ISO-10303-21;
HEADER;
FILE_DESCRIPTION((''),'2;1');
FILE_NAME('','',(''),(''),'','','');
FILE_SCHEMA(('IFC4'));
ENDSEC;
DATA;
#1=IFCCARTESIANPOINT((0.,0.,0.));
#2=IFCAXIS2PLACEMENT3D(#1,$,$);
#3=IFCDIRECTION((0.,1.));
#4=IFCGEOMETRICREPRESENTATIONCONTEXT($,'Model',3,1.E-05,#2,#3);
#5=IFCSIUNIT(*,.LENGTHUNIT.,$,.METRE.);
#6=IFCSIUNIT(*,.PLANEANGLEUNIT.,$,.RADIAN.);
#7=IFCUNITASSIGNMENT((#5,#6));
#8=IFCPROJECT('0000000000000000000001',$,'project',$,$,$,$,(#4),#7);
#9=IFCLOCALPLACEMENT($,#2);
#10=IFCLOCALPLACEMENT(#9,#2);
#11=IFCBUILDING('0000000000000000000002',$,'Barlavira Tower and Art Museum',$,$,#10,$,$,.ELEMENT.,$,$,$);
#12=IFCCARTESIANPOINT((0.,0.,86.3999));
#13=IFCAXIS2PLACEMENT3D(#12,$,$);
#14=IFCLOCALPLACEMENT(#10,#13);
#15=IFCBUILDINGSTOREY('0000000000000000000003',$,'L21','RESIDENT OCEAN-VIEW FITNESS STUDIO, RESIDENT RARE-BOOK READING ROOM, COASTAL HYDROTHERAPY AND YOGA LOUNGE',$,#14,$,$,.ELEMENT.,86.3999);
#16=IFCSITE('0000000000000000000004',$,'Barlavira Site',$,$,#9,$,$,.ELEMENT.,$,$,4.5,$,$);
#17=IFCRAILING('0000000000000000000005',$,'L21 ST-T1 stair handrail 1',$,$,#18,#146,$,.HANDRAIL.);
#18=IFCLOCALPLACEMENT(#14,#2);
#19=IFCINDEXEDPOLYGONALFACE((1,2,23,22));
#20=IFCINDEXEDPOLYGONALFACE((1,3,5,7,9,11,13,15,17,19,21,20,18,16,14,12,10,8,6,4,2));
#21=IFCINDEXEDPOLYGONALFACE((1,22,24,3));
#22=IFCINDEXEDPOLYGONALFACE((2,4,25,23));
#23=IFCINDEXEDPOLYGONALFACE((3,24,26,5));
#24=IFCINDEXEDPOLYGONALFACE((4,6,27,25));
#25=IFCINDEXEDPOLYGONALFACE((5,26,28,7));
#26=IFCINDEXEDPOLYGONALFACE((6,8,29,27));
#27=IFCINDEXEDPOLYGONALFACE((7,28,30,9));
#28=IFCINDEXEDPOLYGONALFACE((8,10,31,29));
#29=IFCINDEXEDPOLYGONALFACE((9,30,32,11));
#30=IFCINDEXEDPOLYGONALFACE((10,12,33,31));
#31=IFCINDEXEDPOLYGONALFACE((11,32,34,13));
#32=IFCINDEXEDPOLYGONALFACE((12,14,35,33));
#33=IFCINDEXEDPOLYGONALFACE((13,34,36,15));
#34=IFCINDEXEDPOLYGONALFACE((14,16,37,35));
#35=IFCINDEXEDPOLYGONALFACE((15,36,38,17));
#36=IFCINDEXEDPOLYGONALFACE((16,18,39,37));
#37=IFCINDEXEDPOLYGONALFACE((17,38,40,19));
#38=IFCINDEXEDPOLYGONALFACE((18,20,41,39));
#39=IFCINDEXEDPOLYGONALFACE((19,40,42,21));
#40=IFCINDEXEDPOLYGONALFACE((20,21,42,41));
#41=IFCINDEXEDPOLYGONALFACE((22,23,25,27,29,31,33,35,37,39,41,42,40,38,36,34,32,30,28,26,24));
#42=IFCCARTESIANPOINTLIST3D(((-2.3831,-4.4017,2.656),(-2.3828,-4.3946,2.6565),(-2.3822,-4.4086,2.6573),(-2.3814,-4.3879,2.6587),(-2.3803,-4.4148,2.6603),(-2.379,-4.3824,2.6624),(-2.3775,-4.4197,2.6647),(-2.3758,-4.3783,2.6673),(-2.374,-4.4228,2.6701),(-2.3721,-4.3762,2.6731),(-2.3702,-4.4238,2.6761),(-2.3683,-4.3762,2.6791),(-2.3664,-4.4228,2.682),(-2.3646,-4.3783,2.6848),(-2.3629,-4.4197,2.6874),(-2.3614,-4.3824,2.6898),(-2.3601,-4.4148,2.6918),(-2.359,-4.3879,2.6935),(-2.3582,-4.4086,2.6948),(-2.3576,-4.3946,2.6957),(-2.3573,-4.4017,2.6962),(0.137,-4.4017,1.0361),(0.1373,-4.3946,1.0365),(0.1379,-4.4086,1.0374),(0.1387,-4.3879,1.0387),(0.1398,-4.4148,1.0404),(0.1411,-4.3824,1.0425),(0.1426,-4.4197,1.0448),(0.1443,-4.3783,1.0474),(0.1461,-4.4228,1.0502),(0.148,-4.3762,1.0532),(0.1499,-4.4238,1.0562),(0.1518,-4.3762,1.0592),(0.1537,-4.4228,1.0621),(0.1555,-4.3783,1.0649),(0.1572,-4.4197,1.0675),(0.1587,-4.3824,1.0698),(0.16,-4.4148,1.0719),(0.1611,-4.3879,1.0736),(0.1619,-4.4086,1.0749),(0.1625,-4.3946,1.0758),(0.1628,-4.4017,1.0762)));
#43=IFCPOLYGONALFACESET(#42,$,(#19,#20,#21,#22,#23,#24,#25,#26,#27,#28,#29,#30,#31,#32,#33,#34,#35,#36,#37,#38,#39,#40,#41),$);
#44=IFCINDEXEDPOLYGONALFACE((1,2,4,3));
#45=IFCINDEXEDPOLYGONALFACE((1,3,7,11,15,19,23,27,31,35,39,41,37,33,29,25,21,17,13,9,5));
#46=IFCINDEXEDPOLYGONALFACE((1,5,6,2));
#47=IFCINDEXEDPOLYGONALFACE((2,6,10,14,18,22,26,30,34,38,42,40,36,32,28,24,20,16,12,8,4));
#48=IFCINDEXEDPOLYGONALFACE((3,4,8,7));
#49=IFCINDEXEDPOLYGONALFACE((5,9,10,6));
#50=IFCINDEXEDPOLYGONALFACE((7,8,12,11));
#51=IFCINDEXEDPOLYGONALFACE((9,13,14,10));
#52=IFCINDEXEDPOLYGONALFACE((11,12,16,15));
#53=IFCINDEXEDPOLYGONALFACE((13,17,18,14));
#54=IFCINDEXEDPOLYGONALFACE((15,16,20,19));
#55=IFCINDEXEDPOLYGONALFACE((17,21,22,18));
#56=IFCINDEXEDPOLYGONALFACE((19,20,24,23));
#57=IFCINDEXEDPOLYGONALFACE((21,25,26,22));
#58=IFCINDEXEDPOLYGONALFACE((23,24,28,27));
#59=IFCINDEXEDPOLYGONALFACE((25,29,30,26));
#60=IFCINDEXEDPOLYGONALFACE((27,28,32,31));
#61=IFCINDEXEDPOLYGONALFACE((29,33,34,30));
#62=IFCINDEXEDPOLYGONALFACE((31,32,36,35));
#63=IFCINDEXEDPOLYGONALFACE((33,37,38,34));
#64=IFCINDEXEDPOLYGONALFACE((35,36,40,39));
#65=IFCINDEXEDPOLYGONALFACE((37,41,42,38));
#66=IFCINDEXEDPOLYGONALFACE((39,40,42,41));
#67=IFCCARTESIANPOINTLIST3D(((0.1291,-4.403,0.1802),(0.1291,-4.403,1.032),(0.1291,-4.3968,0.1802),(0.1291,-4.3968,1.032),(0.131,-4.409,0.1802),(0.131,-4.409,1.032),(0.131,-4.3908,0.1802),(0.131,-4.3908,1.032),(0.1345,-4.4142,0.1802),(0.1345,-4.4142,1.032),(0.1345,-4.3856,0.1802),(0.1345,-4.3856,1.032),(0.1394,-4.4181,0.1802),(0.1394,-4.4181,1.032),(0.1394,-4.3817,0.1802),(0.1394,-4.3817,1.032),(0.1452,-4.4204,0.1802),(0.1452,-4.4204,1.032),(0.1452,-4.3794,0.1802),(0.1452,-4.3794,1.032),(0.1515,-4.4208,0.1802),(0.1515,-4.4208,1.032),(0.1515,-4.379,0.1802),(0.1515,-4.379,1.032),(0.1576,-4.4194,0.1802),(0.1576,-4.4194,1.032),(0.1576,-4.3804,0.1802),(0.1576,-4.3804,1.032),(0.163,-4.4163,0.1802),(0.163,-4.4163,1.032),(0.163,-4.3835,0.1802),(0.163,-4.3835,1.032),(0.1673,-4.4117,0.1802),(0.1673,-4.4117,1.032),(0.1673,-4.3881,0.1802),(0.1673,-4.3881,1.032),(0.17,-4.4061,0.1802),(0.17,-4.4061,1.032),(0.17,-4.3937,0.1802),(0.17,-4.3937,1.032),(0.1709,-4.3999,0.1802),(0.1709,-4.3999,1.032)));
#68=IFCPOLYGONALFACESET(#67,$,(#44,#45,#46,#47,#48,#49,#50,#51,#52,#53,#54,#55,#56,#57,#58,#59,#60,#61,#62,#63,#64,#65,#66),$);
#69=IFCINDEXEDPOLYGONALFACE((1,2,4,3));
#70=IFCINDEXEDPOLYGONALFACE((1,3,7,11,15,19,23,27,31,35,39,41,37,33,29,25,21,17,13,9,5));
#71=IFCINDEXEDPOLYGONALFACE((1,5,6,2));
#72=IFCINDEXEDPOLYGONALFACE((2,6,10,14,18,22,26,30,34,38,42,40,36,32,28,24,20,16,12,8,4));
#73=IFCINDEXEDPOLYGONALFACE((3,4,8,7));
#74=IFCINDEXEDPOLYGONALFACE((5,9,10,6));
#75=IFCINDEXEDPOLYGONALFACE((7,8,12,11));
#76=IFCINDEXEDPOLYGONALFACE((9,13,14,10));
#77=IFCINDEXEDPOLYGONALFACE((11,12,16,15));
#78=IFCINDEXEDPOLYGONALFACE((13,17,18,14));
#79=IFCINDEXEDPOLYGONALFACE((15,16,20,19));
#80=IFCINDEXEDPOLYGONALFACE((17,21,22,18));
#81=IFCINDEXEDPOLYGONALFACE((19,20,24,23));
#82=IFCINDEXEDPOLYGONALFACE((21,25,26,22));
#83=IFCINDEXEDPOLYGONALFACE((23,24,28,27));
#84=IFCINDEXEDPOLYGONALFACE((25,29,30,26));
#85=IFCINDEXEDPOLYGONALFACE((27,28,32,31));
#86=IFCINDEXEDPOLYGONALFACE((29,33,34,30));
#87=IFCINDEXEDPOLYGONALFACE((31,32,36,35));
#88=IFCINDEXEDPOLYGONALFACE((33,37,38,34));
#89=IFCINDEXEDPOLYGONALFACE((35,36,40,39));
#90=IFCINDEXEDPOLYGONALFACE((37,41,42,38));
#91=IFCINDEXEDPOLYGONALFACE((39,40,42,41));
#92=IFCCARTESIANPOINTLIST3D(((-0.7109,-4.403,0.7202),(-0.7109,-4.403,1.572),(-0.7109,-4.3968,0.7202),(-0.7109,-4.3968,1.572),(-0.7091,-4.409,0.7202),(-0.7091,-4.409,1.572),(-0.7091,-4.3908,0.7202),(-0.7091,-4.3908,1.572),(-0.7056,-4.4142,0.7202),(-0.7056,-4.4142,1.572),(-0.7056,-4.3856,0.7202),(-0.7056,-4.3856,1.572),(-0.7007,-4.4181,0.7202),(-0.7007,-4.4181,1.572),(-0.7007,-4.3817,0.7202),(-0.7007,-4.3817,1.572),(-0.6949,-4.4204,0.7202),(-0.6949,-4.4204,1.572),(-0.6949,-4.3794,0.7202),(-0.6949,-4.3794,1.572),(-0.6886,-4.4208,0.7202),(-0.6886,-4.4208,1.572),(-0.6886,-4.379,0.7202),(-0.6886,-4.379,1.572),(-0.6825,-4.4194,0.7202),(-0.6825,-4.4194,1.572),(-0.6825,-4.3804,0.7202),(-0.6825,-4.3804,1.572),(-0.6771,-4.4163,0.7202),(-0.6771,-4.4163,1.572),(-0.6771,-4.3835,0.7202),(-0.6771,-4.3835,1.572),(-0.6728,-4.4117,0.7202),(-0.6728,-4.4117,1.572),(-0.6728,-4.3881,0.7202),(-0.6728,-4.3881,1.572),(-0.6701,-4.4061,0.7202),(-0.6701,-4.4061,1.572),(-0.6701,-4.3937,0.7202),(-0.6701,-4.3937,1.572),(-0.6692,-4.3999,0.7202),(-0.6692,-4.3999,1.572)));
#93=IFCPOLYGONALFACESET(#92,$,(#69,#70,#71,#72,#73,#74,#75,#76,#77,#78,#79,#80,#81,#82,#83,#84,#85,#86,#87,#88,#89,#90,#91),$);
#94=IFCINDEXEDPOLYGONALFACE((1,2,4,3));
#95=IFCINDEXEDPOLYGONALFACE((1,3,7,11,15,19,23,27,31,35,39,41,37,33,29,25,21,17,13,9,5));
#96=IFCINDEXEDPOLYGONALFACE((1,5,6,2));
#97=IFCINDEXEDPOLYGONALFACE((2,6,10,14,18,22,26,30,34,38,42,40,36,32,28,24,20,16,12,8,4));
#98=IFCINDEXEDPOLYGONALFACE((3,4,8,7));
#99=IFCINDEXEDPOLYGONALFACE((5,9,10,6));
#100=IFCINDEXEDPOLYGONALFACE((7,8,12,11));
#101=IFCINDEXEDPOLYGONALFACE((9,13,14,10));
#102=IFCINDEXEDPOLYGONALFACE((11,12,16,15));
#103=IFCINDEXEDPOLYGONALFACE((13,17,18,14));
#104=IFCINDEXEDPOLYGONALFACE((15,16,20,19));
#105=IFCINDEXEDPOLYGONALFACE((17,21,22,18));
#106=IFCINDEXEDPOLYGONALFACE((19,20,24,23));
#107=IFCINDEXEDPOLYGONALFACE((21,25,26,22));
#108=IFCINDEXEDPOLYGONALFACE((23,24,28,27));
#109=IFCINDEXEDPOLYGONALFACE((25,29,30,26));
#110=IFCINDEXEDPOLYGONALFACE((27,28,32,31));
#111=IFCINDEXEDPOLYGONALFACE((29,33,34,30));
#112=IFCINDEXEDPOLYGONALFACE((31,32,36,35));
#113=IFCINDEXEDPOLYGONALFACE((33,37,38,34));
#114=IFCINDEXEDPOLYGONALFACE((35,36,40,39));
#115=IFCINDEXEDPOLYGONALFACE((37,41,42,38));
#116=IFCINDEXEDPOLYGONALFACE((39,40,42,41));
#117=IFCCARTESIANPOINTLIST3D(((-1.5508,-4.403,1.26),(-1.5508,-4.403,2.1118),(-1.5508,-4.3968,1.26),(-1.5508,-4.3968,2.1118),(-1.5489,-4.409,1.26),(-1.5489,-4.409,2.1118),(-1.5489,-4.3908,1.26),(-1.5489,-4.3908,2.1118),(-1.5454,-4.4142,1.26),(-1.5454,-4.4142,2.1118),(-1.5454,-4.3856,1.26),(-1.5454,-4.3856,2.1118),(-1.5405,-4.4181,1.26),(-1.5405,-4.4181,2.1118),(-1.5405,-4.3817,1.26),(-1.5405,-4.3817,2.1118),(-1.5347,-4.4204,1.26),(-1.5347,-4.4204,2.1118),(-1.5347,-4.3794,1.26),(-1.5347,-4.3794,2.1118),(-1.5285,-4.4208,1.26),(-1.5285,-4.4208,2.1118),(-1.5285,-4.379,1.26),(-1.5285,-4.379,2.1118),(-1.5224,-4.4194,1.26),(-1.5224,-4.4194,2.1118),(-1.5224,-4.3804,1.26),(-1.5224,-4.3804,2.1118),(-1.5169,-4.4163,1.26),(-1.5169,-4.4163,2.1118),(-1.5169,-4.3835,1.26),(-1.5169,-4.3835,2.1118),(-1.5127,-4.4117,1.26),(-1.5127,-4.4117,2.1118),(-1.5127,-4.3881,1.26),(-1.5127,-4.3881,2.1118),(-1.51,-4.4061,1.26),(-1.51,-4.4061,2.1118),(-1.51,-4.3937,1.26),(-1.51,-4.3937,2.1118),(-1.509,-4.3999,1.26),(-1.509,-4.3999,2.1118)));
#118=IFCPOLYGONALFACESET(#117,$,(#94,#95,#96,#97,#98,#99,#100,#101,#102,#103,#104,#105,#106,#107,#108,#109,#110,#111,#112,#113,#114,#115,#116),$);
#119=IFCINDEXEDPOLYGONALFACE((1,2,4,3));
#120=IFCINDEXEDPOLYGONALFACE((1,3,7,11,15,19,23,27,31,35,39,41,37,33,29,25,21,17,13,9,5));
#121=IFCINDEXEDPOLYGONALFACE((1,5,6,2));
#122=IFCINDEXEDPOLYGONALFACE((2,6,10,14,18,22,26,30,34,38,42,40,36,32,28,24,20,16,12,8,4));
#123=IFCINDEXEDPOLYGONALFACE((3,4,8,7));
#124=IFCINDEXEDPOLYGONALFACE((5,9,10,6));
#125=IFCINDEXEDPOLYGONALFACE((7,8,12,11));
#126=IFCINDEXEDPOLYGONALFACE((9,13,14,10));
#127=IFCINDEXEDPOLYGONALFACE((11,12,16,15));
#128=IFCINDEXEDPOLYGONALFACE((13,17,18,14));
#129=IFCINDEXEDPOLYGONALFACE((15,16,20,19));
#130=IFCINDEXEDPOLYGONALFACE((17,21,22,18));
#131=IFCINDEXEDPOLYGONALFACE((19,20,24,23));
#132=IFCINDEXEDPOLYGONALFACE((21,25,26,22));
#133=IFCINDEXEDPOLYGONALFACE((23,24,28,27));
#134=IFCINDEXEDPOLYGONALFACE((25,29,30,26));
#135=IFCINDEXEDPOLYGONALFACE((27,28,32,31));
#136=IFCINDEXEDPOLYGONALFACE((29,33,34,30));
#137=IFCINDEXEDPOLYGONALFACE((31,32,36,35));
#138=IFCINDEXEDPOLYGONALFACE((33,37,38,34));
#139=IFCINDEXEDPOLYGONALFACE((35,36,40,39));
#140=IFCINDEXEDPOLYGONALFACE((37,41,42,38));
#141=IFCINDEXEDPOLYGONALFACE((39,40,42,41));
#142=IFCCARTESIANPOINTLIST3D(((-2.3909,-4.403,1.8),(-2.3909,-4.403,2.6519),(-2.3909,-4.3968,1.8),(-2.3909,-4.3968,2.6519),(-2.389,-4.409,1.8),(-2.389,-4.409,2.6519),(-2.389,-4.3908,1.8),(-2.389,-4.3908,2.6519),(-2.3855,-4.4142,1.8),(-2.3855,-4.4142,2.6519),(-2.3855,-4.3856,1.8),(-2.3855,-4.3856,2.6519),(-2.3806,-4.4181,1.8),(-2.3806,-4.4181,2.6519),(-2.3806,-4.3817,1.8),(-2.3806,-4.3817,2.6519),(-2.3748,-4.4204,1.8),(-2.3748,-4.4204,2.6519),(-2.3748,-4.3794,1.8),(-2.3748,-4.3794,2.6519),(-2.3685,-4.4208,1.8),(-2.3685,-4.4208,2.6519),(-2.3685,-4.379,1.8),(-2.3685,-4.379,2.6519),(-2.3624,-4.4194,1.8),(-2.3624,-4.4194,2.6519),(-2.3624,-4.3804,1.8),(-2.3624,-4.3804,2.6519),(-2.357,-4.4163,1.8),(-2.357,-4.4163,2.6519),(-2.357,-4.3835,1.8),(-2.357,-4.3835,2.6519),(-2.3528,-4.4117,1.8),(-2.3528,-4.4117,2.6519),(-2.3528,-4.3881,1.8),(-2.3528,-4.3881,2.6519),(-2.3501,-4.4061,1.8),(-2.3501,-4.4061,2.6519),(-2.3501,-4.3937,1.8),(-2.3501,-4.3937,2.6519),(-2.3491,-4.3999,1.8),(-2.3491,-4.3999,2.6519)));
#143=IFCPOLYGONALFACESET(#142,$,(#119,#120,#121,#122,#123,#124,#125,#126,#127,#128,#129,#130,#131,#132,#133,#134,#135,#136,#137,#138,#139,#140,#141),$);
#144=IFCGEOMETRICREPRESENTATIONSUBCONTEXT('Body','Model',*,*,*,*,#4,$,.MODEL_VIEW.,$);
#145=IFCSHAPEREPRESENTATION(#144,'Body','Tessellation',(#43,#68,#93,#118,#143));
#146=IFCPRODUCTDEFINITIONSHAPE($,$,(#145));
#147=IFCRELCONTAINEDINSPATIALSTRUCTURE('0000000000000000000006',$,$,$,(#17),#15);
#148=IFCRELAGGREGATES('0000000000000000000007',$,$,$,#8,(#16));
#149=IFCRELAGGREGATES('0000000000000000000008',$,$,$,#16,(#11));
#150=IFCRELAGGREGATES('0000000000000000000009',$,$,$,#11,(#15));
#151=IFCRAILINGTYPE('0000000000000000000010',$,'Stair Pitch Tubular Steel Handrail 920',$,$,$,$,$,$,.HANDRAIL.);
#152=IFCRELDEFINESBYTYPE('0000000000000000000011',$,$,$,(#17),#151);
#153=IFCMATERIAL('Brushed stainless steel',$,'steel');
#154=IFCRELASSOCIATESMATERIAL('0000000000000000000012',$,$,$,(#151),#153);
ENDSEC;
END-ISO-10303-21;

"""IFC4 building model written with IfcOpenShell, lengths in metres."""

from ifc_helpers import new_model, si_unit, direction, frame, origin, origin_2d, place, context, subcontext, project, spatial, circle, extrude, material, type_object, element, save


model = new_model("IFC4")

# Units and contexts
model_context = context("Model", 3, precision=1e-05, world=origin(), true_north=direction((0.0, 1.0)))
body_context = subcontext(model_context, "Body", "Model", "MODEL_VIEW")
ifc_project = project(units=[si_unit("LENGTHUNIT", "METRE"), si_unit("PLANEANGLEUNIT", "RADIAN")], contexts=[model_context])

# Site, building, storey
site_placement = place(None, origin())
site = spatial("IfcSite", under=ifc_project, at=site_placement, Name="Barlavira Site", CompositionType="ELEMENT", RefElevation=4.5)
building_placement = place(site_placement, origin())
building = spatial("IfcBuilding", under=site, at=building_placement, Name="Barlavira Tower and Art Museum", CompositionType="ELEMENT")
storey_placement = place(building_placement, frame((0.0, 0.0, 86.3999)))
storey = spatial("IfcBuildingStorey", under=building, at=storey_placement, Name="L21", Description="RESIDENT OCEAN-VIEW FITNESS STUDIO, RESIDENT RARE-BOOK READING ROOM, COASTAL HYDROTHERAPY AND YOGA LOUNGE", CompositionType="ELEMENT", Elevation=86.3999)

# Shared definitions
ifc_material_1 = material(Name="Brushed stainless steel", Category="steel")

# Railing
railing_type_1 = type_object("IfcRailingType", Name="Stair Pitch Tubular Steel Handrail 920", PredefinedType="HANDRAIL", material=ifc_material_1)
railing_1_placement = place(storey_placement, frame((0.1499, -4.3999, 0.1802)))
element("IfcRailing", 1, at=railing_1_placement, inside=storey, type_object=railing_type_1, Name="L21 ST-T1 stair handrail 1", PredefinedType="HANDRAIL", context=body_context, shape_type="SweptSolid", body=[
    extrude(circle(Radius=0.0239, at=origin_2d()), frame((0.0, 0.0, 0.876), z_axis=(-0.8412, 0.0, 0.540725), x_axis=(0.0, -1.0, 0.0)), (0.0, 0.0, 1.0), 2.9958),
    extrude(circle(Radius=0.021, at=origin_2d()), origin(), (0.0, 0.0, 1.0), 0.8518),
    extrude(circle(Radius=0.021, at=origin_2d()), frame((-0.8401, 0.0, 0.54)), (0.0, 0.0, 1.0), 0.8518),
    extrude(circle(Radius=0.021, at=origin_2d()), frame((-1.6799, 0.0, 1.0798)), (0.0, 0.0, 1.0), 0.8518),
    extrude(circle(Radius=0.021, at=origin_2d()), frame((-2.52, 0.0, 1.6199)), (0.0, 0.0, 1.0), 0.8518),
])

save(model, "model.ifc")
